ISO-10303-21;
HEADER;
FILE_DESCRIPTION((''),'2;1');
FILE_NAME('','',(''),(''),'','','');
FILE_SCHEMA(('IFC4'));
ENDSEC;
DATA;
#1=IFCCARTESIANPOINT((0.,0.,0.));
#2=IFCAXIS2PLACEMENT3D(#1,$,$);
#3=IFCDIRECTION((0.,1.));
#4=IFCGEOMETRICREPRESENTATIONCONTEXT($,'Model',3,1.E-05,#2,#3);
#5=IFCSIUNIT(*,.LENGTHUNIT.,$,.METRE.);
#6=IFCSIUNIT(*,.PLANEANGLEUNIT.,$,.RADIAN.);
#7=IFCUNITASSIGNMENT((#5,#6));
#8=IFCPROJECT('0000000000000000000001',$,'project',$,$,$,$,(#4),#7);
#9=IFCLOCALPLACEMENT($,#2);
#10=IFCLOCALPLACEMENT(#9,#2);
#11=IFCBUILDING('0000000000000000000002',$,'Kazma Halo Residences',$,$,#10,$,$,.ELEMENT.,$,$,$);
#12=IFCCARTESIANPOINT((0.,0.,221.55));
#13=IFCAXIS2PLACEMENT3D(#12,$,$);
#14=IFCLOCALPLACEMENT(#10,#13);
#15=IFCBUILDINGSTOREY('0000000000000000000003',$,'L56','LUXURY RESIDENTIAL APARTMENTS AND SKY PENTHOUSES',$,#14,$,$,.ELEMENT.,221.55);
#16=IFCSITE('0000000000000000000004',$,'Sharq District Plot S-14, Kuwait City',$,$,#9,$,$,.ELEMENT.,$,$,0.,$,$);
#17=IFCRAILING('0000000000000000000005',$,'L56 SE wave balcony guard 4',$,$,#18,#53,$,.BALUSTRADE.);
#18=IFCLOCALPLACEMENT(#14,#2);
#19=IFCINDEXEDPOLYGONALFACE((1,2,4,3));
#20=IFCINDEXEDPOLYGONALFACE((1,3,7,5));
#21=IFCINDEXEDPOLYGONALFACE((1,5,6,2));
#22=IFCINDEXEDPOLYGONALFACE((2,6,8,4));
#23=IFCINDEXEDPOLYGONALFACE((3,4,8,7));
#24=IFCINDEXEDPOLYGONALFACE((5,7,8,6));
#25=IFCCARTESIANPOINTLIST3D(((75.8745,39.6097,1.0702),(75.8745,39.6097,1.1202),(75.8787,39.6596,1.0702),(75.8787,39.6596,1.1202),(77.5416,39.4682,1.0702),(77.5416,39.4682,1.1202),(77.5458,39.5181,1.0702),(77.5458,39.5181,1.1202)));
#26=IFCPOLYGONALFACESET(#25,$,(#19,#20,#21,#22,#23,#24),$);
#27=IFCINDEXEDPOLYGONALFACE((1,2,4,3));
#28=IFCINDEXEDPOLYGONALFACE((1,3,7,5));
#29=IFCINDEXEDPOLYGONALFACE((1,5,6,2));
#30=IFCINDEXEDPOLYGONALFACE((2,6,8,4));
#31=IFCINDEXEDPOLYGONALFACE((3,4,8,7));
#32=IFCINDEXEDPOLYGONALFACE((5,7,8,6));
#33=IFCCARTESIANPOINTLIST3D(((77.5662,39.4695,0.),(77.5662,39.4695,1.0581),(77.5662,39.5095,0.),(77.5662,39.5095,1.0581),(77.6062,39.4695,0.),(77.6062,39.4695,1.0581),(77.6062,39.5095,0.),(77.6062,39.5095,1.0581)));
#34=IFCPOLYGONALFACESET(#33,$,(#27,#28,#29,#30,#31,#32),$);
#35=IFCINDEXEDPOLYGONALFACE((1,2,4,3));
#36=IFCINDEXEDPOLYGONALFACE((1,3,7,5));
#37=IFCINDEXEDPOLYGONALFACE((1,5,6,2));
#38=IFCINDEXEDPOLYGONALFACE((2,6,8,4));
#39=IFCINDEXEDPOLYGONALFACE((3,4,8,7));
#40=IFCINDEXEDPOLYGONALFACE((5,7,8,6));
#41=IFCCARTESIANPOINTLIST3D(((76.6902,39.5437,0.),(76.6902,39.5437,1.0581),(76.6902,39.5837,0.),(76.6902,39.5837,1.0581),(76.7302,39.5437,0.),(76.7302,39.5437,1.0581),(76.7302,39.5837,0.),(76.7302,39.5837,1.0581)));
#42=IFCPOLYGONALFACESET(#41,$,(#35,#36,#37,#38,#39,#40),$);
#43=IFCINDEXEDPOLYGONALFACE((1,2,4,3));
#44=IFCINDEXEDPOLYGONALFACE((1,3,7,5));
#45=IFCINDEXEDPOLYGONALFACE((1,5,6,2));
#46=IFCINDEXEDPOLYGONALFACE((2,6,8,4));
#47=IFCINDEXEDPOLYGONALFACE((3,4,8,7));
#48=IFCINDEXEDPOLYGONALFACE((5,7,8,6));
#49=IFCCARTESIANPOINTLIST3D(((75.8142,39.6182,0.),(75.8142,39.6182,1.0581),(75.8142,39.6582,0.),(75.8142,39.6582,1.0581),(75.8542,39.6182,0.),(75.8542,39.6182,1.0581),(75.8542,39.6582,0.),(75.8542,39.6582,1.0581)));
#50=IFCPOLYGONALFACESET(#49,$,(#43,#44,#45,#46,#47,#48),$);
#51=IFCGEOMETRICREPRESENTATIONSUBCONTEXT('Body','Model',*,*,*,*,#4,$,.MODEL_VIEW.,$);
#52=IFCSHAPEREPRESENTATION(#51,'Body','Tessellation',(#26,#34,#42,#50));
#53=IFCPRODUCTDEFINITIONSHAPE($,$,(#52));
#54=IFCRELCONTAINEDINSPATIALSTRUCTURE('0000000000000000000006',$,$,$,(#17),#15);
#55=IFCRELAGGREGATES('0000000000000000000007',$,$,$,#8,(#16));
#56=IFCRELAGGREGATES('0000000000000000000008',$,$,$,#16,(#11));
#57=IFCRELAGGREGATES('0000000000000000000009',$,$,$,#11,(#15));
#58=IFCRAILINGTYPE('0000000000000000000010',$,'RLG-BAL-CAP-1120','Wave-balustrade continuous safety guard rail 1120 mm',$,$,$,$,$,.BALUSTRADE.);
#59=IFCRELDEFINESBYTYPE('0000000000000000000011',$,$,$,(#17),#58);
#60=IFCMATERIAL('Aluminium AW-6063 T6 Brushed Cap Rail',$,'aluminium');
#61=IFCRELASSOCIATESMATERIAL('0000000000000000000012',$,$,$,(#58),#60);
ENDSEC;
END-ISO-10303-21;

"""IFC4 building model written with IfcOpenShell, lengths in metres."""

from ifc_helpers import new_model, si_unit, direction, frame, origin, origin_2d, place, context, subcontext, project, spatial, rectangle, extrude, material, type_object, element, save


model = new_model("IFC4")

# Units and contexts
model_context = context("Model", 3, precision=1e-05, world=origin(), true_north=direction((0.0, 1.0)))
body_context = subcontext(model_context, "Body", "Model", "MODEL_VIEW")
ifc_project = project(units=[si_unit("LENGTHUNIT", "METRE"), si_unit("PLANEANGLEUNIT", "RADIAN")], contexts=[model_context])

# Site, building, storey
site_placement = place(None, origin())
site = spatial("IfcSite", under=ifc_project, at=site_placement, Name="Sharq District Plot S-14, Kuwait City", CompositionType="ELEMENT", RefElevation=0.0)
building_placement = place(site_placement, origin())
building = spatial("IfcBuilding", under=site, at=building_placement, Name="Kazma Halo Residences", CompositionType="ELEMENT")
storey_placement = place(building_placement, frame((0.0, 0.0, 221.55)))
storey = spatial("IfcBuildingStorey", under=building, at=storey_placement, Name="L56", Description="LUXURY RESIDENTIAL APARTMENTS AND SKY PENTHOUSES", CompositionType="ELEMENT", Elevation=221.55)

# Railing
ifc_material_1 = material(Name="Aluminium AW-6063 T6 Brushed Cap Rail", Category="aluminium")
railing_type = type_object("IfcRailingType", Name="RLG-BAL-CAP-1120", Description="Wave-balustrade continuous safety guard rail 1120 mm", PredefinedType="BALUSTRADE", material=ifc_material_1)
railing_placement = place(storey_placement, frame((77.5862, 39.4895, 0.0)))
element("IfcRailing", 1, at=railing_placement, inside=storey, type_object=railing_type, Name="L56 SE wave balcony guard 4", PredefinedType="BALUSTRADE", context=body_context, shape_type="SweptSolid", body=[
    extrude(rectangle(XDim=0.05, YDim=0.05, at=origin_2d()), frame((-0.0425, 0.0037, 1.0952), z_axis=(-0.996418, 0.084562, 0.0), x_axis=(-0.084562, -0.996418, 0.0)), (0.0, 0.0, 1.0), 1.6731),
    extrude(rectangle(XDim=0.04, YDim=0.04, at=origin_2d()), origin(), (0.0, 0.0, 1.0), 1.0581),
    extrude(rectangle(XDim=0.04, YDim=0.04, at=origin_2d()), frame((-0.876, 0.0742, 0.0)), (0.0, 0.0, 1.0), 1.0581),
    extrude(rectangle(XDim=0.04, YDim=0.04, at=origin_2d()), frame((-1.752, 0.1487, 0.0)), (0.0, 0.0, 1.0), 1.0581),
])

save(model, "model.ifc")
